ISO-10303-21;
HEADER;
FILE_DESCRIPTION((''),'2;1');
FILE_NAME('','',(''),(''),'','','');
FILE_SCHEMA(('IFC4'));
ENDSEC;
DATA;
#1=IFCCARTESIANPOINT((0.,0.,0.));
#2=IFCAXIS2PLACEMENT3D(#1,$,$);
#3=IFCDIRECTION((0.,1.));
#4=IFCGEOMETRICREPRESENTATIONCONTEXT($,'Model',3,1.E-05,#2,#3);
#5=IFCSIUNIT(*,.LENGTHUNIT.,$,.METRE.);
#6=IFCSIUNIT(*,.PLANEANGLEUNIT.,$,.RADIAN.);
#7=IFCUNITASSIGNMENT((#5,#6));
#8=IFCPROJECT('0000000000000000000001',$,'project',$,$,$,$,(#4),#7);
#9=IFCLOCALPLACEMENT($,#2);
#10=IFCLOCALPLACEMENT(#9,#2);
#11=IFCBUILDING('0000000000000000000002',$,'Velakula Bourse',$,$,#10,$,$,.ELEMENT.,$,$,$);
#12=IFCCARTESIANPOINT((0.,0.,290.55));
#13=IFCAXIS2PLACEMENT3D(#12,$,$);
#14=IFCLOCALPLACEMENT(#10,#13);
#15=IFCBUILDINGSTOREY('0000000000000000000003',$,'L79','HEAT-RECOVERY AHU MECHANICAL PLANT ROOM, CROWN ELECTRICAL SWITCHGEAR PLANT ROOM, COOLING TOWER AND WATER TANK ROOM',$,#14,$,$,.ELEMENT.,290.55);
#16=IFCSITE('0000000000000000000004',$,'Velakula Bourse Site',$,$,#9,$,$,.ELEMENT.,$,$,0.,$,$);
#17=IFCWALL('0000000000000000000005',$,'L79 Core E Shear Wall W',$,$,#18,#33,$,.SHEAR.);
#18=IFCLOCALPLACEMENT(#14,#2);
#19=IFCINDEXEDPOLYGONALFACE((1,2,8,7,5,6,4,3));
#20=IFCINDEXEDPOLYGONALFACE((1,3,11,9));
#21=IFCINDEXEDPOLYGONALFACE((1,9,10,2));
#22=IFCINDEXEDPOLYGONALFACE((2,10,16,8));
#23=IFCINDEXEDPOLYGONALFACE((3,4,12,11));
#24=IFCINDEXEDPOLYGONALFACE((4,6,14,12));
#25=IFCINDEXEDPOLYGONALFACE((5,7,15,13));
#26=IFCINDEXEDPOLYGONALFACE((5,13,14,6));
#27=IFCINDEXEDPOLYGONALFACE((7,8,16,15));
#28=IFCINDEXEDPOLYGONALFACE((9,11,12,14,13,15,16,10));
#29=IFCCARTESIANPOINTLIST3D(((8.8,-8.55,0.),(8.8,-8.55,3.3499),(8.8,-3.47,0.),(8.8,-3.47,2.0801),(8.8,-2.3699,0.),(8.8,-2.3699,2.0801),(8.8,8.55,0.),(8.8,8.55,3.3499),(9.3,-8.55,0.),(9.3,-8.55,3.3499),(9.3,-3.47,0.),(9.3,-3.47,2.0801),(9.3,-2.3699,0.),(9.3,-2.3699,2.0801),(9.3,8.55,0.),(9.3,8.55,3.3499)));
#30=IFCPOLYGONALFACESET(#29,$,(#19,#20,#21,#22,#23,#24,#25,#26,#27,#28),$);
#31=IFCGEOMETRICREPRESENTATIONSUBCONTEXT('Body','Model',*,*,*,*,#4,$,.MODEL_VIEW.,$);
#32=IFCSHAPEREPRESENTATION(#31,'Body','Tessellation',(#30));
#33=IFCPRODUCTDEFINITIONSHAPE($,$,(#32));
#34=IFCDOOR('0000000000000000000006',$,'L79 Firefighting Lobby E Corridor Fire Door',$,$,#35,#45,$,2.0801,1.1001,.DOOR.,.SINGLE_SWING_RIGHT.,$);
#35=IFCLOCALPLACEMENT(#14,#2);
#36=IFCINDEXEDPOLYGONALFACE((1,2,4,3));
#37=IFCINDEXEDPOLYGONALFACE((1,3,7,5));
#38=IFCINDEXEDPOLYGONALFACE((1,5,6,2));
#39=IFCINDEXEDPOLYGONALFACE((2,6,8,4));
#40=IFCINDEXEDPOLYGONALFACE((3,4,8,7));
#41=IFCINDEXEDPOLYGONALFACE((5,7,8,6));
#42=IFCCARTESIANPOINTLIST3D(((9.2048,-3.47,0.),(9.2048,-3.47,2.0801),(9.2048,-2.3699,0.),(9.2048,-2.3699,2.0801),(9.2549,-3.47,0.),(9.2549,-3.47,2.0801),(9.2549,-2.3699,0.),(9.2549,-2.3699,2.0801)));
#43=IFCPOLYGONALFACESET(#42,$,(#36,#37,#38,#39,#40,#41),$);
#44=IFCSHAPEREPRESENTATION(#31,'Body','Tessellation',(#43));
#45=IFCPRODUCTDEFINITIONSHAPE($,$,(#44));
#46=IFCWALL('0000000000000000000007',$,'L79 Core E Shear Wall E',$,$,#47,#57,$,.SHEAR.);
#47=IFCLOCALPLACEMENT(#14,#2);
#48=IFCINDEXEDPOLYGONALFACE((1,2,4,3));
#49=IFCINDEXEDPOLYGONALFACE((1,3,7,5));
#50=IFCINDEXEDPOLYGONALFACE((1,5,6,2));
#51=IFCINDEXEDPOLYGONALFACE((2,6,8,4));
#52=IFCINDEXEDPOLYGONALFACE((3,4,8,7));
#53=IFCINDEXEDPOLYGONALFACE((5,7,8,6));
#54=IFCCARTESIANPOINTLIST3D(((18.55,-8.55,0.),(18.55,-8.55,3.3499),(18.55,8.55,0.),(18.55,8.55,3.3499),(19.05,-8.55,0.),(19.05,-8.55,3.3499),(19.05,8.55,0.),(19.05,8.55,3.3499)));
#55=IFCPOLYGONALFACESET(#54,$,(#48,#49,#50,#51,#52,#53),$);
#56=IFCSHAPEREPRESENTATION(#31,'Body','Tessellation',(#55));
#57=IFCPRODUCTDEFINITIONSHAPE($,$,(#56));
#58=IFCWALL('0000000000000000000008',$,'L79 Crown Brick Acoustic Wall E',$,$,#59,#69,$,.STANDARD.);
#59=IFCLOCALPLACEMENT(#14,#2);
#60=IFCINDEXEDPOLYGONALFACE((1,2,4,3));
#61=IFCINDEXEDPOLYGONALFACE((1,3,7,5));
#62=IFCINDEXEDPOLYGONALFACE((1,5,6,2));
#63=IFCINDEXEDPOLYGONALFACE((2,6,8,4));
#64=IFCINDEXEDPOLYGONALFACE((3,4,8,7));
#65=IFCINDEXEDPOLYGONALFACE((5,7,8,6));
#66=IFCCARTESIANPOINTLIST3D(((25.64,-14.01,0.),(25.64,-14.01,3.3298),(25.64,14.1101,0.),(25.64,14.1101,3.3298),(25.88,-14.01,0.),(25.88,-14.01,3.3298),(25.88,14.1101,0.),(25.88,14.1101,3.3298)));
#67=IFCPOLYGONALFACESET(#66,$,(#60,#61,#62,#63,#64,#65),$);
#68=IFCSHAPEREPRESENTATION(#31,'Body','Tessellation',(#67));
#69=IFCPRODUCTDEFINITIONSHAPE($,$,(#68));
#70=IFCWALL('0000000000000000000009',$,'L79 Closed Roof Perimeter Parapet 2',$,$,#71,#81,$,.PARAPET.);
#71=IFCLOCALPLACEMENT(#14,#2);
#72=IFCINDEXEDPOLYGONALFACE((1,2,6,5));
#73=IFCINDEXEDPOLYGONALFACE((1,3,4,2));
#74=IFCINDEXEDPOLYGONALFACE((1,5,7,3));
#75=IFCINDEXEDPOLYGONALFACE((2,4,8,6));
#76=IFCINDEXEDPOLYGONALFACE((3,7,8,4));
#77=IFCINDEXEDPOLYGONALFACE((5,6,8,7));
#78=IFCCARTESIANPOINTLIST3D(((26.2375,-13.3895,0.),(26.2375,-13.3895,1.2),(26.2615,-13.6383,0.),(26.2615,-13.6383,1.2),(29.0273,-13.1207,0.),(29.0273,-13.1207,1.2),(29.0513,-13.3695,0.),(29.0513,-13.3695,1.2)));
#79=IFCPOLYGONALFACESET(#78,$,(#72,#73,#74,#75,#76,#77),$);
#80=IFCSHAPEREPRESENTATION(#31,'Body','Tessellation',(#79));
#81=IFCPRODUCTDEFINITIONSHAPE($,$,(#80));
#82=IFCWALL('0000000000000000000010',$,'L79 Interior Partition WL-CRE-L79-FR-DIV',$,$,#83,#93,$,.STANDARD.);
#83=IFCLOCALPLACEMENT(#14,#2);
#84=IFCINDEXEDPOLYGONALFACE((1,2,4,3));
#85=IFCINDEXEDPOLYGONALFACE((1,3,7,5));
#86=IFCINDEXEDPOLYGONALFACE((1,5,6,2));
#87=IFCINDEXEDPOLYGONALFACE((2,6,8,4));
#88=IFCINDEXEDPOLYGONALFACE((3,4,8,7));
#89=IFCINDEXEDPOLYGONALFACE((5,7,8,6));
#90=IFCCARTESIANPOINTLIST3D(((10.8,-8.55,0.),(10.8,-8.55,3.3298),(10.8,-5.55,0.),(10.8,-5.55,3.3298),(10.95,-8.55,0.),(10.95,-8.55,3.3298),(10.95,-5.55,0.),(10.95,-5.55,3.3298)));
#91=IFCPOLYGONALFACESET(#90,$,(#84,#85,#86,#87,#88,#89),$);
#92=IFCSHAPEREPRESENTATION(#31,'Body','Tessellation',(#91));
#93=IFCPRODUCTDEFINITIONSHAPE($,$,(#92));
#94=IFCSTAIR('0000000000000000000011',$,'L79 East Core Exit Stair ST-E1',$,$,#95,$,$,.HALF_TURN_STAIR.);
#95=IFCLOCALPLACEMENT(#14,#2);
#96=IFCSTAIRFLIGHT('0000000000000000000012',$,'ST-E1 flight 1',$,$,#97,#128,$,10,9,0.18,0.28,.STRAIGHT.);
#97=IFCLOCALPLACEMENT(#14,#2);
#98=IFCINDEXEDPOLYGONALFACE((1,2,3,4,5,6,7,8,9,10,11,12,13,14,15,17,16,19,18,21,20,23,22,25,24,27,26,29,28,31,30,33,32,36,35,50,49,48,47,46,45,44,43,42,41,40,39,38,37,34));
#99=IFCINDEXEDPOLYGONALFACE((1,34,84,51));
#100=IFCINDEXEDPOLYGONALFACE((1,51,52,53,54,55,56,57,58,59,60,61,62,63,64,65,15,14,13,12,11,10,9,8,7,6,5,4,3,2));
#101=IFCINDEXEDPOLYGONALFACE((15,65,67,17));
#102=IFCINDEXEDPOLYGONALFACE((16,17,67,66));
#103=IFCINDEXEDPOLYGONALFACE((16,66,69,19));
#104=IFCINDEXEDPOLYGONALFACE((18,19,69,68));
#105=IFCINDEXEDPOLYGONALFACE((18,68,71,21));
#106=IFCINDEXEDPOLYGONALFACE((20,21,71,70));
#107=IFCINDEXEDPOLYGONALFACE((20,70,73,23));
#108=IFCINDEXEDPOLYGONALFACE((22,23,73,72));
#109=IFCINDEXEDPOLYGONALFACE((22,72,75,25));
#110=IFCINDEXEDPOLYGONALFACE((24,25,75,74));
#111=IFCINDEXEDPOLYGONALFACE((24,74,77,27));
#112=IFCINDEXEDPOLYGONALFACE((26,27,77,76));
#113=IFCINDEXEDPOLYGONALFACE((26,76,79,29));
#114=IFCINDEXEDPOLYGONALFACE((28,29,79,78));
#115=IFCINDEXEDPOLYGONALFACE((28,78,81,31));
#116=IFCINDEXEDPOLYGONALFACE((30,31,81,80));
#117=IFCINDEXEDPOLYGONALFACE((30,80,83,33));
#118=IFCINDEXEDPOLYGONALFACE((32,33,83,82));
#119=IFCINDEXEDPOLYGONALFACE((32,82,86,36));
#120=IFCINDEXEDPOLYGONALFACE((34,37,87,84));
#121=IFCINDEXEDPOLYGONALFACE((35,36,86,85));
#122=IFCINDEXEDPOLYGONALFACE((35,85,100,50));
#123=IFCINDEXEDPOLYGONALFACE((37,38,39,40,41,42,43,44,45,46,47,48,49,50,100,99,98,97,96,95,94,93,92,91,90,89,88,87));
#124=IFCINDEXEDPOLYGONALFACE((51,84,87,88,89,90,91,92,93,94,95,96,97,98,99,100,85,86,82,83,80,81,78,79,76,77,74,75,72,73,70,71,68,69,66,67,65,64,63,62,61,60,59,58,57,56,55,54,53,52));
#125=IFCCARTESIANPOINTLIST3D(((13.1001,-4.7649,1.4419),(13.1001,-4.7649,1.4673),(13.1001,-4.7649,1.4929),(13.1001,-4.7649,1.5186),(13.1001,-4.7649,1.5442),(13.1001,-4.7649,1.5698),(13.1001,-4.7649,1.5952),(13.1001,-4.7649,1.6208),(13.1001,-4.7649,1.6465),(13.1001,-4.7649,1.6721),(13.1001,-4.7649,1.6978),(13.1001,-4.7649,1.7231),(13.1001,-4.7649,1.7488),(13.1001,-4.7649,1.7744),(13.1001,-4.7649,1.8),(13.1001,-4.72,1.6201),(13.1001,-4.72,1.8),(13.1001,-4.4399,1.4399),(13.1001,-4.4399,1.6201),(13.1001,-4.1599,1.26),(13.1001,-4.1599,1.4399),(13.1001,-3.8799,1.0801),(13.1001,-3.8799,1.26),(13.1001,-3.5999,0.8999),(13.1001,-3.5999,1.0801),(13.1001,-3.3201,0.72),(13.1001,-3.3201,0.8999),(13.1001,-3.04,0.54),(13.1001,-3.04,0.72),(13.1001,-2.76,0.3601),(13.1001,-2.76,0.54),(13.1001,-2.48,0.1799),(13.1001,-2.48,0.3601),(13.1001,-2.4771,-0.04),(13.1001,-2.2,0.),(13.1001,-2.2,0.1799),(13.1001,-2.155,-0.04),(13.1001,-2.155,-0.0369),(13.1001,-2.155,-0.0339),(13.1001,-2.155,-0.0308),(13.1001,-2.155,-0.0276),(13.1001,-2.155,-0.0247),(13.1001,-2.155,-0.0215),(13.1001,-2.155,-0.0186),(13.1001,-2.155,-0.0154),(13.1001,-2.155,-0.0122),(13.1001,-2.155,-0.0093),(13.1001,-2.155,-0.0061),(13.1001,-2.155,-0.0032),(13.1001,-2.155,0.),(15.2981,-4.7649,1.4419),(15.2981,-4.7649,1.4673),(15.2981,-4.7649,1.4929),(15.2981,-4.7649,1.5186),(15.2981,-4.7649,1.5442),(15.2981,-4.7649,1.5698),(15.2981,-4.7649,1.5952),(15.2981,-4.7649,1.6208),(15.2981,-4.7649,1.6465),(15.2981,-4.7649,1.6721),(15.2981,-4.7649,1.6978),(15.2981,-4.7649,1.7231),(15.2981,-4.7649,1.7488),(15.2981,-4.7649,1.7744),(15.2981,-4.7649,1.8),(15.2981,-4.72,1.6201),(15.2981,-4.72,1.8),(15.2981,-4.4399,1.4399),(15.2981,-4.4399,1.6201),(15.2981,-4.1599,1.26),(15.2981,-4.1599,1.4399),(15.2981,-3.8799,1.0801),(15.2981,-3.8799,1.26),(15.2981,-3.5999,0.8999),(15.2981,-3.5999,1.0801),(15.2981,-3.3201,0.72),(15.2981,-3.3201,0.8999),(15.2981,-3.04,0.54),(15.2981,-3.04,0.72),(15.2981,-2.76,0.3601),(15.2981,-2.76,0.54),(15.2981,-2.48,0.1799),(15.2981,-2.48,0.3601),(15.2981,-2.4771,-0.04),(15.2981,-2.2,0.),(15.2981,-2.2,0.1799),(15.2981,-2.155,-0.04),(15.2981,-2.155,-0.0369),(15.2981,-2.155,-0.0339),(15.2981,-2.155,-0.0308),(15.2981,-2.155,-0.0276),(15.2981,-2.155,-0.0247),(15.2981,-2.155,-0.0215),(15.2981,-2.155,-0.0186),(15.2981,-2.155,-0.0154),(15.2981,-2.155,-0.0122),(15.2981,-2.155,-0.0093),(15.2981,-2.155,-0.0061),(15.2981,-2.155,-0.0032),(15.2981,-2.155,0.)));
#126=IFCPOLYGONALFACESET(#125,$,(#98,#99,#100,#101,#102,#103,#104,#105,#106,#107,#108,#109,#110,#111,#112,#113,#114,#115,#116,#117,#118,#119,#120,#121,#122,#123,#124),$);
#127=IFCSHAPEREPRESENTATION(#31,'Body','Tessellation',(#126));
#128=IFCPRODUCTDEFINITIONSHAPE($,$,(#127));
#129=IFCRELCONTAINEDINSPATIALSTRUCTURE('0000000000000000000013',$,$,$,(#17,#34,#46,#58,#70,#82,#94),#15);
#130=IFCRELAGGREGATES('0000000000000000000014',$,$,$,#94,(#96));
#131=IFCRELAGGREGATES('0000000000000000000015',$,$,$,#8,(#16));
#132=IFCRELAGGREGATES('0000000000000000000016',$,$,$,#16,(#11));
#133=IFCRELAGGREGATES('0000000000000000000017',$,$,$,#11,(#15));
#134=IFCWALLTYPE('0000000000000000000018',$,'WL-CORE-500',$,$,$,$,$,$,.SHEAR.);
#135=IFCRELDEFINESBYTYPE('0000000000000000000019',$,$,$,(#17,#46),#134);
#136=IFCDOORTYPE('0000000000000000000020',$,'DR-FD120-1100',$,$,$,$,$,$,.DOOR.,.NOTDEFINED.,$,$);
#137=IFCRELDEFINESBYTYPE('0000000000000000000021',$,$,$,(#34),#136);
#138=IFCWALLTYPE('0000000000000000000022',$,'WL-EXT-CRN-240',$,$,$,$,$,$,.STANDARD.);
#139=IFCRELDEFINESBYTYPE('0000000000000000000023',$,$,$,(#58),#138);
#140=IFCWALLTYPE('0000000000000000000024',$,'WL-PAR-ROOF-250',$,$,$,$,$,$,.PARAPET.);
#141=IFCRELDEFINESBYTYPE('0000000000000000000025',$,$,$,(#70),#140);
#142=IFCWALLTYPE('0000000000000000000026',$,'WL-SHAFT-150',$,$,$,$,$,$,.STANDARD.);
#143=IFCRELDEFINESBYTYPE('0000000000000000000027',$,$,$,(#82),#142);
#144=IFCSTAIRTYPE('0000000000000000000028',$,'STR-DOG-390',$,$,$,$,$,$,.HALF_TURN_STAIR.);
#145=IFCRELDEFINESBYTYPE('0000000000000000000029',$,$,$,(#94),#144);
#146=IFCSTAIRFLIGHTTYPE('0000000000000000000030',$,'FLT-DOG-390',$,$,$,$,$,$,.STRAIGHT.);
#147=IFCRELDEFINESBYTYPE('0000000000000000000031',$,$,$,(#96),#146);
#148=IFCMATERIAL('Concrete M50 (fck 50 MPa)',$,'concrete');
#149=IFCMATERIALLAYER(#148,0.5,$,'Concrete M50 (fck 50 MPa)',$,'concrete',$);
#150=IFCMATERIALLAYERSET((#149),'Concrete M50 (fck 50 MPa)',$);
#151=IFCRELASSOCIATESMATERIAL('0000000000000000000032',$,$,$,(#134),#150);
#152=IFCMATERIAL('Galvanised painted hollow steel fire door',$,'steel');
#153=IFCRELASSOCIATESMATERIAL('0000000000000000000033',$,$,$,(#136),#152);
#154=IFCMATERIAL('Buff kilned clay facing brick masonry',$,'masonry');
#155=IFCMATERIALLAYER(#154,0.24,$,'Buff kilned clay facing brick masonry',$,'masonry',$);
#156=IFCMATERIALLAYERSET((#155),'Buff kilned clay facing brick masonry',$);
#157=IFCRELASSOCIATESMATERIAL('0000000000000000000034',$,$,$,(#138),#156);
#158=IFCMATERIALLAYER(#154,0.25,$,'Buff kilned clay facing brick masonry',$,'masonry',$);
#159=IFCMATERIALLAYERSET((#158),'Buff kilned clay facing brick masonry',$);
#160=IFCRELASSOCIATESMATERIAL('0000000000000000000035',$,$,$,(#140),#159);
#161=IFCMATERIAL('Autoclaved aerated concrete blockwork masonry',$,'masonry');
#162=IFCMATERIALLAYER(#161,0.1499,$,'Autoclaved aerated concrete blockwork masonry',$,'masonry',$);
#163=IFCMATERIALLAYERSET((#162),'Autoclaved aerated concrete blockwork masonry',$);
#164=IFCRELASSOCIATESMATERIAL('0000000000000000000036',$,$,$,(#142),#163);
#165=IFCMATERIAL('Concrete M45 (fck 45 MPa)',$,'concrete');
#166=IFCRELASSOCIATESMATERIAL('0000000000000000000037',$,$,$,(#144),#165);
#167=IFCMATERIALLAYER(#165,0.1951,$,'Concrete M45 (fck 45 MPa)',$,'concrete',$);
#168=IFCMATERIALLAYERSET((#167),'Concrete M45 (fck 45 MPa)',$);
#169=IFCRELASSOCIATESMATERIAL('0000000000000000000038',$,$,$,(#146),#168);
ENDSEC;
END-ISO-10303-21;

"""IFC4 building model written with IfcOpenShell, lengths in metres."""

from ifc_helpers import new_model, si_unit, direction, frame, frame_2d, origin, place, context, subcontext, project, spatial, polyline, rectangle, outline, extrude, material, layer, layer_set, type_object, element, fill, aggregate, save


model = new_model("IFC4")

# Units and contexts
model_context = context("Model", 3, precision=1e-05, world=origin(), true_north=direction((0.0, 1.0)))
body_context = subcontext(model_context, "Body", "Model", "MODEL_VIEW")
ifc_project = project(units=[si_unit("LENGTHUNIT", "METRE"), si_unit("PLANEANGLEUNIT", "RADIAN")], contexts=[model_context])

# Site, building, storey
site_placement = place(None, origin())
site = spatial("IfcSite", under=ifc_project, at=site_placement, Name="Velakula Bourse Site", CompositionType="ELEMENT", RefElevation=0.0)
building_placement = place(site_placement, origin())
building = spatial("IfcBuilding", under=site, at=building_placement, Name="Velakula Bourse", CompositionType="ELEMENT")
storey_placement = place(building_placement, frame((0.0, 0.0, 290.55)))
storey = spatial("IfcBuildingStorey", under=building, at=storey_placement, Name="L79", Description="HEAT-RECOVERY AHU MECHANICAL PLANT ROOM, CROWN ELECTRICAL SWITCHGEAR PLANT ROOM, COOLING TOWER AND WATER TANK ROOM", CompositionType="ELEMENT", Elevation=290.55)

# Shared definitions
ifc_material_1 = material(Name="Concrete M50 (fck 50 MPa)", Category="concrete")

# Shared definitions
ifc_material_2 = material(Name="Galvanised painted hollow steel fire door", Category="steel")

# Shared definitions
ifc_layer_1 = layer(ifc_material_1, 0.5, Name="Concrete M50 (fck 50 MPa)", Category="concrete")
ifc_layer_set_1 = layer_set([ifc_layer_1], Name="Concrete M50 (fck 50 MPa)")
wall_type_1 = type_object("IfcWallType", Name="WL-CORE-500", PredefinedType="SHEAR", material=ifc_layer_set_1)

# Wall, opening, door
wall_1_placement = place(storey_placement, frame((9.05, -8.55, 0.0), z_axis=(0.0, 0.0, 1.0), x_axis=(0.0, 1.0, 0.0)))
wall_1 = element("IfcWall", 1, at=wall_1_placement, inside=storey, type_object=wall_type_1, Name="L79 Core E Shear Wall W", PredefinedType="SHEAR", context=body_context, shape_type="SweptSolid", body=[
    extrude(rectangle(XDim=17.1001, YDim=0.5, at=frame_2d((8.55, 0.0))), origin(), (0.0, 0.0, 1.0), 3.3499),
])
opening_1_placement = place(wall_1_placement, frame((5.0801, 0.0, 0.0)))
opening_1 = element("IfcOpeningElement", 2, at=opening_1_placement, cuts=wall_1, PredefinedType="OPENING", context=body_context, shape_type="SweptSolid", body=[
    extrude(rectangle(XDim=1.1001, YDim=2.0801, at=frame_2d((0.55, 1.04))), frame((0.0, 0.26, 0.0), z_axis=(0.0, -1.0, 0.0), x_axis=(1.0, 0.0, 0.0)), (0.0, 0.0, 1.0), 0.52),
])
door_type_1 = type_object("IfcDoorType", Name="DR-FD120-1100", OperationType="NOTDEFINED", PredefinedType="DOOR", material=ifc_material_2)
door_1_placement = place(opening_1_placement, origin())
door_1 = element("IfcDoor", 3, at=door_1_placement, inside=storey, type_object=door_type_1, Name="L79 Firefighting Lobby E Corridor Fire Door", OperationType="SINGLE_SWING_RIGHT", OverallHeight=2.0801, OverallWidth=1.1001, PredefinedType="DOOR", context=body_context, shape_type="SweptSolid", body=[
    extrude(rectangle(XDim=1.1001, YDim=2.0801, at=frame_2d((0.55, 1.04))), frame((0.0, -0.1548, 0.0), z_axis=(0.0, -1.0, 0.0), x_axis=(1.0, 0.0, 0.0)), (0.0, 0.0, 1.0), 0.05),
])
fill(opening_1, door_1)

# Walls
wall_2_placement = place(storey_placement, frame((18.8, -8.55, 0.0), z_axis=(0.0, 0.0, 1.0), x_axis=(0.0, 1.0, 0.0)))
element("IfcWall", 4, at=wall_2_placement, inside=storey, type_object=wall_type_1, Name="L79 Core E Shear Wall E", PredefinedType="SHEAR", context=body_context, shape_type="SweptSolid", body=[
    extrude(rectangle(XDim=17.1001, YDim=0.5, at=frame_2d((8.55, 0.0))), origin(), (0.0, 0.0, 1.0), 3.3499),
])
ifc_material_3 = material(Name="Buff kilned clay facing brick masonry", Category="masonry")
ifc_layer_2 = layer(ifc_material_3, 0.24, Name="Buff kilned clay facing brick masonry", Category="masonry")
ifc_layer_set_2 = layer_set([ifc_layer_2], Name="Buff kilned clay facing brick masonry")
wall_type_2 = type_object("IfcWallType", Name="WL-EXT-CRN-240", PredefinedType="STANDARD", material=ifc_layer_set_2)
wall_3_placement = place(storey_placement, frame((25.76, -14.01, 0.0), z_axis=(0.0, 0.0, 1.0), x_axis=(0.0, 1.0, 0.0)))
element("IfcWall", 5, at=wall_3_placement, inside=storey, type_object=wall_type_2, Name="L79 Crown Brick Acoustic Wall E", PredefinedType="STANDARD", context=body_context, shape_type="SweptSolid", body=[
    extrude(rectangle(XDim=28.1201, YDim=0.24, at=frame_2d((14.0601, 0.0))), origin(), (0.0, 0.0, 1.0), 3.3298),
])
ifc_layer_3 = layer(ifc_material_3, 0.25, Name="Buff kilned clay facing brick masonry", Category="masonry")
ifc_layer_set_3 = layer_set([ifc_layer_3], Name="Buff kilned clay facing brick masonry")
wall_type_3 = type_object("IfcWallType", Name="WL-PAR-ROOF-250", PredefinedType="PARAPET", material=ifc_layer_set_3)
wall_4_placement = place(storey_placement, frame((29.0393, -13.2451, 0.0), z_axis=(0.0, 0.0, 1.0), x_axis=(-0.99539, -0.095907, 0.0)))
element("IfcWall", 6, at=wall_4_placement, inside=storey, type_object=wall_type_3, Name="L79 Closed Roof Perimeter Parapet 2", PredefinedType="PARAPET", context=body_context, shape_type="SweptSolid", body=[
    extrude(rectangle(XDim=2.8027, YDim=0.25, at=frame_2d((1.4014, 0.0))), origin(), (0.0, 0.0, 1.0), 1.2),
])

# Shared definitions
ifc_material_4 = material(Name="Autoclaved aerated concrete blockwork masonry", Category="masonry")
ifc_layer_4 = layer(ifc_material_4, 0.1499, Name="Autoclaved aerated concrete blockwork masonry", Category="masonry")
ifc_layer_set_4 = layer_set([ifc_layer_4], Name="Autoclaved aerated concrete blockwork masonry")
wall_type_4 = type_object("IfcWallType", Name="WL-SHAFT-150", PredefinedType="STANDARD", material=ifc_layer_set_4)

# Wall
wall_5_placement = place(storey_placement, frame((10.875, -8.55, 0.0), z_axis=(0.0, 0.0, 1.0), x_axis=(0.0, 1.0, 0.0)))
element("IfcWall", 7, at=wall_5_placement, inside=storey, type_object=wall_type_4, Name="L79 Interior Partition WL-CRE-L79-FR-DIV", PredefinedType="STANDARD", context=body_context, shape_type="SweptSolid", body=[
    extrude(rectangle(XDim=3.0, YDim=0.1499, at=frame_2d((1.5, 0.0))), origin(), (0.0, 0.0, 1.0), 3.3298),
])

# Stair, stair flight
ifc_material_5 = material(Name="Concrete M45 (fck 45 MPa)", Category="concrete")
stair_type = type_object("IfcStairType", Name="STR-DOG-390", PredefinedType="HALF_TURN_STAIR", material=ifc_material_5)
stair_placement = place(storey_placement, origin())
stair = element("IfcStair", 8, at=stair_placement, inside=storey, type_object=stair_type, Name="L79 East Core Exit Stair ST-E1", PredefinedType="HALF_TURN_STAIR")
ifc_layer_5 = layer(ifc_material_5, 0.1951, Name="Concrete M45 (fck 45 MPa)", Category="concrete")
ifc_layer_set_5 = layer_set([ifc_layer_5], Name="Concrete M45 (fck 45 MPa)")
stair_flight_type = type_object("IfcStairFlightType", Name="FLT-DOG-390", PredefinedType="STRAIGHT", material=ifc_layer_set_5)
stair_flight_1_placement = place(storey_placement, frame((14.199, -2.2, 0.0), z_axis=(0.0, 0.0, 1.0), x_axis=(0.0, -1.0, 0.0)))
stair_flight_1 = element("IfcStairFlight", 9, at=stair_flight_1_placement, type_object=stair_flight_type, Name="ST-E1 flight 1", NumberOfRisers=10, NumberOfTreads=9, PredefinedType="STRAIGHT", RiserHeight=0.18, TreadLength=0.28, context=body_context, shape_type="SweptSolid", body=[
    extrude(outline(polyline([(-0.0449, -0.04), (-0.0449, -0.0369), (-0.0449, -0.0339), (-0.0449, -0.0308), (-0.0449, -0.0276), (-0.0449, -0.0247), (-0.0449, -0.0215), (-0.0449, -0.0186), (-0.0449, -0.0154), (-0.0449, -0.0122), (-0.0449, -0.0093), (-0.0449, -0.0061), (-0.0449, -0.0032), (-0.0449, 0.0), (0.0, 0.0), (0.0, 0.1799), (0.28, 0.1799), (0.28, 0.3601), (0.5601, 0.3601), (0.5601, 0.54), (0.8401, 0.54), (0.8401, 0.72), (1.1201, 0.72), (1.1201, 0.8999), (1.3999, 0.8999), (1.3999, 1.0801), (1.6799, 1.0801), (1.6799, 1.26), (1.96, 1.26), (1.96, 1.4399), (2.24, 1.4399), (2.24, 1.6201), (2.52, 1.6201), (2.52, 1.8), (2.5649, 1.8), (2.5649, 1.7744), (2.5649, 1.7488), (2.5649, 1.7231), (2.5649, 1.6978), (2.5649, 1.6721), (2.5649, 1.6465), (2.5649, 1.6208), (2.5649, 1.5952), (2.5649, 1.5698), (2.5649, 1.5442), (2.5649, 1.5186), (2.5649, 1.4929), (2.5649, 1.4673), (2.5649, 1.4419), (0.2771, -0.04), (-0.0449, -0.04)])), frame((0.0, 1.0991, 0.0), z_axis=(0.0, -1.0, 0.0), x_axis=(1.0, 0.0, 0.0)), (0.0, 0.0, 1.0), 2.198),
])
aggregate(stair, [stair_flight_1])

save(model, "model.ifc")
